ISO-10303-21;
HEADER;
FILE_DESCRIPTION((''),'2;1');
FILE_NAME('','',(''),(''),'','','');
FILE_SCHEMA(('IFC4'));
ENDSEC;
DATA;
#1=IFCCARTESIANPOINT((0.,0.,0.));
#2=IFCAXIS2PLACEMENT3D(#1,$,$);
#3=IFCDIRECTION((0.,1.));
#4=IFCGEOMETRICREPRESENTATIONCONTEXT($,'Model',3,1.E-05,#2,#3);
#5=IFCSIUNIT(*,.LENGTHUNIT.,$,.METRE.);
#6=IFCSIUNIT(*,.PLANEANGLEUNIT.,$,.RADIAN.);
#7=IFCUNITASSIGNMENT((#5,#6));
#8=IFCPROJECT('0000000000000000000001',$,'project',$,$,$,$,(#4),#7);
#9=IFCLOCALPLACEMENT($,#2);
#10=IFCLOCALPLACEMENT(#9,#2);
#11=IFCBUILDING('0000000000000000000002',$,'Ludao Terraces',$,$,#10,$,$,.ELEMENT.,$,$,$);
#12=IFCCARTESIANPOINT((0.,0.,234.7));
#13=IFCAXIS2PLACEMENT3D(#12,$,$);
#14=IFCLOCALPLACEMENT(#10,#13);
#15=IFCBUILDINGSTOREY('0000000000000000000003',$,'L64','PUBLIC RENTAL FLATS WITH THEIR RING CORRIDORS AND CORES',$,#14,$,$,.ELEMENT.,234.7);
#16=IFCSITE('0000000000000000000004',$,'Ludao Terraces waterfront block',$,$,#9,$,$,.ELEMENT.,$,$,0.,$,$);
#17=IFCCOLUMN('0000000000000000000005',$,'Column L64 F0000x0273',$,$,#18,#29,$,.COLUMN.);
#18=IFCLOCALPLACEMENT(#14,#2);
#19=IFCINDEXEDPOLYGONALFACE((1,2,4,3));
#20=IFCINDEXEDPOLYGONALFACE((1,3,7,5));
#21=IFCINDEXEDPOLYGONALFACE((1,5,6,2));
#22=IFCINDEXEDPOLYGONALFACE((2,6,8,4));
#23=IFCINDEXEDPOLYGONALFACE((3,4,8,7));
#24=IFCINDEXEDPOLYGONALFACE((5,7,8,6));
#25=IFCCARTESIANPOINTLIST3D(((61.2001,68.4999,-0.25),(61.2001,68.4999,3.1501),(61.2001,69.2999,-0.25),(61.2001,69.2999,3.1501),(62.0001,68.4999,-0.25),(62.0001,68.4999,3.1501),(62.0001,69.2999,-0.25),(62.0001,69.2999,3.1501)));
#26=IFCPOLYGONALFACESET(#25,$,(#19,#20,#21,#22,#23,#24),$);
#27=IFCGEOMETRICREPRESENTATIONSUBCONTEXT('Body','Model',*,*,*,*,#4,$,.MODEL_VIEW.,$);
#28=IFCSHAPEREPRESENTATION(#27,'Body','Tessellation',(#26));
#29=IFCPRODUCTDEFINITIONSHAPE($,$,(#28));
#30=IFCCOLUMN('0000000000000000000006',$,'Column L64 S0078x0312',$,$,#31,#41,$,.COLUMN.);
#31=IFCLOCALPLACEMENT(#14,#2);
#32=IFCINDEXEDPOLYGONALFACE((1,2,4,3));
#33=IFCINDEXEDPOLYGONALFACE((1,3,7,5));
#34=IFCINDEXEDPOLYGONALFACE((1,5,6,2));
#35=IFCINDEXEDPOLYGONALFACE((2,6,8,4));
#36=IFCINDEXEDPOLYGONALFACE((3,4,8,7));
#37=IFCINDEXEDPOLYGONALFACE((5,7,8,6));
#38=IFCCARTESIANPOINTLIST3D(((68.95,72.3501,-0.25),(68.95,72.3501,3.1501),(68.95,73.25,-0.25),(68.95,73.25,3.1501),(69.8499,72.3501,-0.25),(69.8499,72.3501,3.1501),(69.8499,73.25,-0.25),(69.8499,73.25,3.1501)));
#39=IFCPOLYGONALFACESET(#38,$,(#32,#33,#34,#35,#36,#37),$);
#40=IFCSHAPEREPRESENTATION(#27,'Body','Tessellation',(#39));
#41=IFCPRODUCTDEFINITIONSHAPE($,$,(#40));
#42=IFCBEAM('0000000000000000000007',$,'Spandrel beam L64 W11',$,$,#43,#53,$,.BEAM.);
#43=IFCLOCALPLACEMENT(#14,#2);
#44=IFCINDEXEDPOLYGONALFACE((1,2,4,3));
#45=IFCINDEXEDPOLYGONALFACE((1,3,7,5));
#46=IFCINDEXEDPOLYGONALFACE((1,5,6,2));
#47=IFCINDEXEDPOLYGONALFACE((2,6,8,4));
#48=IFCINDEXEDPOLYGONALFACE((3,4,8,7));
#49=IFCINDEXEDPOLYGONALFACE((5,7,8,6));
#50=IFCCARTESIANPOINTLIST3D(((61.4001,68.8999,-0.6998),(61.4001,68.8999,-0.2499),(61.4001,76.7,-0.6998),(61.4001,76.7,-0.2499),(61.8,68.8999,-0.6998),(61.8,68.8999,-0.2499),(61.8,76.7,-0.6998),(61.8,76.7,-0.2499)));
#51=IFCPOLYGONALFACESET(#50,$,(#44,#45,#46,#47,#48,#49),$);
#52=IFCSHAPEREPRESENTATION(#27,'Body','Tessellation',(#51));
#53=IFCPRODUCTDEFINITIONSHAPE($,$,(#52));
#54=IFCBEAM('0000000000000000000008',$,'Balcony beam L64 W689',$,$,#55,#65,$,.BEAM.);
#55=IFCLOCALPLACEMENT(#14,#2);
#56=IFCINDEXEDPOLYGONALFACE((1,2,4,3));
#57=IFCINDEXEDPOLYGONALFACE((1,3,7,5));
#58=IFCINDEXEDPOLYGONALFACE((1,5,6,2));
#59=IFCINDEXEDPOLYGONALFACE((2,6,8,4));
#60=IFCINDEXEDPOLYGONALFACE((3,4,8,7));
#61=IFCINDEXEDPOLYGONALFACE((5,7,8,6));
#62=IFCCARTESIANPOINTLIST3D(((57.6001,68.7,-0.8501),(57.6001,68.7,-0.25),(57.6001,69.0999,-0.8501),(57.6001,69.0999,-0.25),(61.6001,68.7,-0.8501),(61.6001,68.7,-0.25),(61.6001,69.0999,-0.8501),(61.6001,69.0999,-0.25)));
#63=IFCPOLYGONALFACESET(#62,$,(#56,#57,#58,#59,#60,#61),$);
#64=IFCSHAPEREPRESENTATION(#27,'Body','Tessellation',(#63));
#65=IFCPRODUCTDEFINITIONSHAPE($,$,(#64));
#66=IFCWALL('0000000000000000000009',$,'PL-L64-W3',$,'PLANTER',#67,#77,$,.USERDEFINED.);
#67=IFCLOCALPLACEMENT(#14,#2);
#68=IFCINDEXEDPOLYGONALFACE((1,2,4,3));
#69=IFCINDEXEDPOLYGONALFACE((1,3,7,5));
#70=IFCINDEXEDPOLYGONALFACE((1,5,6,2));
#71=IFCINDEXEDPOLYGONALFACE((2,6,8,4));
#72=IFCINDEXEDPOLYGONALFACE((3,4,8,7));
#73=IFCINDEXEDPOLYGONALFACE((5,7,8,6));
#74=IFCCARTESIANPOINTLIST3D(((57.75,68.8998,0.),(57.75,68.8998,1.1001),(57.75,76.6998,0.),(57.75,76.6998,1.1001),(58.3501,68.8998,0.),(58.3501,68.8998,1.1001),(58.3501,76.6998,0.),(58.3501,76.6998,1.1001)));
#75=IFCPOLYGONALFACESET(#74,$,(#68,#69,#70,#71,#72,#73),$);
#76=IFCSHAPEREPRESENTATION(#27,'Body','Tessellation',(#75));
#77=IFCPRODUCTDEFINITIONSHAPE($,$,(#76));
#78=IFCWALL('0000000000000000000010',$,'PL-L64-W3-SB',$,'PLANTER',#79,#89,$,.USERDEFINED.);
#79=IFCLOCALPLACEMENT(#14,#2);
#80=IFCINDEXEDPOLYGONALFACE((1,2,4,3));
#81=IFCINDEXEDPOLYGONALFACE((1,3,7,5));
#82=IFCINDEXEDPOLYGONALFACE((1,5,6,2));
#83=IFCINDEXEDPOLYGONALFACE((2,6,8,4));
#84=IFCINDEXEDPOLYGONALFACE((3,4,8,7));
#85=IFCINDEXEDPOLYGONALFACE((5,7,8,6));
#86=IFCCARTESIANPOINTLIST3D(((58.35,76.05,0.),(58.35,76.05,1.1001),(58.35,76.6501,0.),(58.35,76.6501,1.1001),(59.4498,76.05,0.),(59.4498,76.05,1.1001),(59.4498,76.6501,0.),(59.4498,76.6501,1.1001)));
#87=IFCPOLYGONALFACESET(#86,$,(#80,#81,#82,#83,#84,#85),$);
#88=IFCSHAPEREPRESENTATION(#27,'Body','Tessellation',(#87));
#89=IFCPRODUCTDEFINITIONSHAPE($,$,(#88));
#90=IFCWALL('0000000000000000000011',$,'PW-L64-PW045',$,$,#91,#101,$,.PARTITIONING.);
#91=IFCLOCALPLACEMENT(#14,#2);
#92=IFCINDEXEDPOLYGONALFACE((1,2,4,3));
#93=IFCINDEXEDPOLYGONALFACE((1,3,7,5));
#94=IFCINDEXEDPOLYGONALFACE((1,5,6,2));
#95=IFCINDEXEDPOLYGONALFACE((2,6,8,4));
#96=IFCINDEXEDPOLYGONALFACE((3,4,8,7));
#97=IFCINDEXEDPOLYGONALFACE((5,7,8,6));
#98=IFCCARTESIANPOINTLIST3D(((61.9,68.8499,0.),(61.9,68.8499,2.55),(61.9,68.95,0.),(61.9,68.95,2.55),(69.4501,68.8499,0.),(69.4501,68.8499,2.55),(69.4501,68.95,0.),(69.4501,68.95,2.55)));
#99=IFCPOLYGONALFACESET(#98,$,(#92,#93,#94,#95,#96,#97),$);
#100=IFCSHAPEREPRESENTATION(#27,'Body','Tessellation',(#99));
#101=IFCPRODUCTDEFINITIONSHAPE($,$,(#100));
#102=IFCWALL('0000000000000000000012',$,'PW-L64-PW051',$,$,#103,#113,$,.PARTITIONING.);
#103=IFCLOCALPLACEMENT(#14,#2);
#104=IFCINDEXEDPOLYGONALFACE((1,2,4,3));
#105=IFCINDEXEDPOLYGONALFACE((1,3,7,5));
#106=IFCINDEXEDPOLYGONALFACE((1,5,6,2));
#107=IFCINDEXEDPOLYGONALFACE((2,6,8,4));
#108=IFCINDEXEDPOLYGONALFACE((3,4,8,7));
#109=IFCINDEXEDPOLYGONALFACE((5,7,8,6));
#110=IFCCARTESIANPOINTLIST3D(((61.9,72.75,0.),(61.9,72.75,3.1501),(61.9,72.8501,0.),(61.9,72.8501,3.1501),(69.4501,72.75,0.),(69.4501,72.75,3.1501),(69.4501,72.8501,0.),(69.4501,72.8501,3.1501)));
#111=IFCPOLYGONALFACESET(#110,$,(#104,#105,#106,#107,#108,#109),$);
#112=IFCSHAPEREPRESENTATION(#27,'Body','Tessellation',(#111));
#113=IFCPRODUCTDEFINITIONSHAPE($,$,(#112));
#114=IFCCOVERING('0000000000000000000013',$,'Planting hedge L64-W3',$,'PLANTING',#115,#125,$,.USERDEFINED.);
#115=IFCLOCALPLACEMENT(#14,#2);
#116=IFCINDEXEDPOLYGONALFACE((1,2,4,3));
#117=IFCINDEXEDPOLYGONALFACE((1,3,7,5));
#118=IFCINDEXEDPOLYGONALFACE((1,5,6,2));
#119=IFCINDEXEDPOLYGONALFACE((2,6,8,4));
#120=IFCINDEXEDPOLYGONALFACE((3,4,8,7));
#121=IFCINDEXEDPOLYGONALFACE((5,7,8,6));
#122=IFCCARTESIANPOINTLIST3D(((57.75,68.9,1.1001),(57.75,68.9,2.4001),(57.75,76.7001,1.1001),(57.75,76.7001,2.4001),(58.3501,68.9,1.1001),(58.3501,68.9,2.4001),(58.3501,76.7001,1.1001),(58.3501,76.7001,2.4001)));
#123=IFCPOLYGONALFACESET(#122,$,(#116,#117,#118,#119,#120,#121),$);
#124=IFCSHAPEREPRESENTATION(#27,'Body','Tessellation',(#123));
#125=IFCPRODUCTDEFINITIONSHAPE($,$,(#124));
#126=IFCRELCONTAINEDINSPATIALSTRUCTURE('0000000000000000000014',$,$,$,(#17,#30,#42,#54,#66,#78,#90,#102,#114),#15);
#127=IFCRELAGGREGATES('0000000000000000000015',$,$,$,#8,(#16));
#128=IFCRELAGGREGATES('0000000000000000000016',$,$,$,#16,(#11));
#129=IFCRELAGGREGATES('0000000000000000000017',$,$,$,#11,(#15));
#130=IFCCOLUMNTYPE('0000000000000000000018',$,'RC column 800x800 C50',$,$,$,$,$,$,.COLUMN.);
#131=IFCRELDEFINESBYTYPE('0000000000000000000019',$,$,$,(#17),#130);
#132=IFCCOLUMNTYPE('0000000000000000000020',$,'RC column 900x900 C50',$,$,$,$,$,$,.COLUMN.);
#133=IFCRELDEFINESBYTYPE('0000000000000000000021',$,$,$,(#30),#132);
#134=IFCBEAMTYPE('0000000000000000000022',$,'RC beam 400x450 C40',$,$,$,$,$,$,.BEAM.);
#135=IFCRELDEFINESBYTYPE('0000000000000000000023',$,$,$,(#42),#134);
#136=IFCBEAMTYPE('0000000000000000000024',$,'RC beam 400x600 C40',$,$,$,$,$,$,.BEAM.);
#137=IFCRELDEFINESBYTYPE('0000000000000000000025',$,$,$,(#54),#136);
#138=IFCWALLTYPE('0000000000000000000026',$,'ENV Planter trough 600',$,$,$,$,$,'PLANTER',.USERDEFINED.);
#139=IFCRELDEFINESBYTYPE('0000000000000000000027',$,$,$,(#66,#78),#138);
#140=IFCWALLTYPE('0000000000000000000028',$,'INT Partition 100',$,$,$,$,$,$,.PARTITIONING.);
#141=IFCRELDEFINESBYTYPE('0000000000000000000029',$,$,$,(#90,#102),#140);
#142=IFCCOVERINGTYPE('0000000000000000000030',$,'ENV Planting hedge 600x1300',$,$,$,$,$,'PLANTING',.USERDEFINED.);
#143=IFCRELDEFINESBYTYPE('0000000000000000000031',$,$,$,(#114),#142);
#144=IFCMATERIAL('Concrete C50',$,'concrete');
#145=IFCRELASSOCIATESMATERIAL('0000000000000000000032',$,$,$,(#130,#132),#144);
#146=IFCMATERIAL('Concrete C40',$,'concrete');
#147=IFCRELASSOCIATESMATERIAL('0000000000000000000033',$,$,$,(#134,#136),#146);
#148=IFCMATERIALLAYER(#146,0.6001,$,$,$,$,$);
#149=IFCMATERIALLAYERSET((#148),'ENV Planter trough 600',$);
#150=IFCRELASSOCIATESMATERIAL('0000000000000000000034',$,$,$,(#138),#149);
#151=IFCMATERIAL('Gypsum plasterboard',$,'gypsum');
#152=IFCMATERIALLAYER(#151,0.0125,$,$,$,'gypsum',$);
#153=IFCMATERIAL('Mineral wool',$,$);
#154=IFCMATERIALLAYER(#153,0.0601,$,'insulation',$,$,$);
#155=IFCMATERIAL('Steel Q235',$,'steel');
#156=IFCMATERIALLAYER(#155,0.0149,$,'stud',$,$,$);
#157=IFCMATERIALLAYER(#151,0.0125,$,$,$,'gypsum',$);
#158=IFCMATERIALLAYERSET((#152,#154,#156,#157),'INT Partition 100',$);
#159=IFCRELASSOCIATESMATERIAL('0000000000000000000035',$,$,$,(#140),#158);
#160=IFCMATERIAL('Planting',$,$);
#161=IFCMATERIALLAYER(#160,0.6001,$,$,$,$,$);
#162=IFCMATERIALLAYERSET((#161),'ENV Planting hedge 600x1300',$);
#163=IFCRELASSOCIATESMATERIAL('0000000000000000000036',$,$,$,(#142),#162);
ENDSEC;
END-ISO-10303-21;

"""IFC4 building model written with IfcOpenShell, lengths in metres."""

from ifc_helpers import new_model, si_unit, direction, frame, frame_2d, origin, origin_2d, place, context, subcontext, project, spatial, rectangle, extrude, material, layer, layer_set, material_profile, profile_set, type_object, element, save


model = new_model("IFC4")

# Units and contexts
model_context = context("Model", 3, precision=1e-05, world=origin(), true_north=direction((0.0, 1.0)))
body_context = subcontext(model_context, "Body", "Model", "MODEL_VIEW")
ifc_project = project(units=[si_unit("LENGTHUNIT", "METRE"), si_unit("PLANEANGLEUNIT", "RADIAN")], contexts=[model_context])

# Site, building, storey
site_placement = place(None, origin())
site = spatial("IfcSite", under=ifc_project, at=site_placement, Name="Ludao Terraces waterfront block", CompositionType="ELEMENT", RefElevation=0.0)
building_placement = place(site_placement, origin())
building = spatial("IfcBuilding", under=site, at=building_placement, Name="Ludao Terraces", CompositionType="ELEMENT")
storey_placement = place(building_placement, frame((0.0, 0.0, 234.7)))
storey = spatial("IfcBuildingStorey", under=building, at=storey_placement, Name="L64", Description="PUBLIC RENTAL FLATS WITH THEIR RING CORRIDORS AND CORES", CompositionType="ELEMENT", Elevation=234.7)

# Columns
ifc_material_1 = material(Name="Concrete C50", Category="concrete")
ifc_material_profile_1 = material_profile(ifc_material_1, rectangle(XDim=0.8, YDim=0.8, at=origin_2d()), Name="800 X 800")
ifc_profile_set_1 = profile_set([ifc_material_profile_1], Name="Concrete C50")
column_type_1 = type_object("IfcColumnType", Name="RC column 800x800 C50", PredefinedType="COLUMN", material=ifc_profile_set_1)
column_1_placement = place(storey_placement, frame((61.6001, 68.8999, -0.25), z_axis=(0.0, 0.0, 1.0), x_axis=(1.0, 0.0, 0.0)))
element("IfcColumn", 1, at=column_1_placement, inside=storey, type_object=column_type_1, Name="Column L64 F0000x0273", PredefinedType="COLUMN", context=body_context, shape_type="SweptSolid", body=[
    extrude(rectangle(XDim=0.8, YDim=0.8, at=origin_2d()), origin(), (0.0, 0.0, 1.0), 3.4001),
])
ifc_material_profile_2 = material_profile(ifc_material_1, rectangle(XDim=0.8999, YDim=0.8999, at=origin_2d()), Name="900 X 900")
ifc_profile_set_2 = profile_set([ifc_material_profile_2], Name="Concrete C50")
column_type_2 = type_object("IfcColumnType", Name="RC column 900x900 C50", PredefinedType="COLUMN", material=ifc_profile_set_2)
column_2_placement = place(storey_placement, frame((69.3999, 72.8, -0.25), z_axis=(0.0, 0.0, 1.0), x_axis=(1.0, 0.0, 0.0)))
element("IfcColumn", 2, at=column_2_placement, inside=storey, type_object=column_type_2, Name="Column L64 S0078x0312", PredefinedType="COLUMN", context=body_context, shape_type="SweptSolid", body=[
    extrude(rectangle(XDim=0.8999, YDim=0.8999, at=origin_2d()), origin(), (0.0, 0.0, 1.0), 3.4001),
])

# Beams
ifc_material_2 = material(Name="Concrete C40", Category="concrete")
ifc_material_profile_3 = material_profile(ifc_material_2, rectangle(XDim=0.3999, YDim=0.45, at=origin_2d()), Name="400 X 450")
ifc_profile_set_3 = profile_set([ifc_material_profile_3], Name="Concrete C40")
beam_type_1 = type_object("IfcBeamType", Name="RC beam 400x450 C40", PredefinedType="BEAM", material=ifc_profile_set_3)
beam_1_placement = place(storey_placement, frame((61.6001, 68.8999, -0.4749), z_axis=(0.0, 1.0, 0.0), x_axis=(-1.0, 0.0, 0.0)))
element("IfcBeam", 3, at=beam_1_placement, inside=storey, type_object=beam_type_1, Name="Spandrel beam L64 W11", PredefinedType="BEAM", context=body_context, shape_type="SweptSolid", body=[
    extrude(rectangle(XDim=0.3999, YDim=0.45, at=origin_2d()), origin(), (0.0, 0.0, 1.0), 7.8),
])
ifc_material_profile_4 = material_profile(ifc_material_2, rectangle(XDim=0.3999, YDim=0.6001, at=origin_2d()), Name="400 X 600")
ifc_profile_set_4 = profile_set([ifc_material_profile_4], Name="Concrete C40")
beam_type_2 = type_object("IfcBeamType", Name="RC beam 400x600 C40", PredefinedType="BEAM", material=ifc_profile_set_4)
beam_2_placement = place(storey_placement, frame((61.6001, 68.8999, -0.55), z_axis=(-1.0, 0.0, 0.0), x_axis=(0.0, -1.0, 0.0)))
element("IfcBeam", 4, at=beam_2_placement, inside=storey, type_object=beam_type_2, Name="Balcony beam L64 W689", PredefinedType="BEAM", context=body_context, shape_type="SweptSolid", body=[
    extrude(rectangle(XDim=0.3999, YDim=0.6001, at=origin_2d()), origin(), (0.0, 0.0, 1.0), 4.0),
])

# Walls
ifc_layer_1 = layer(ifc_material_2, 0.6001)
ifc_layer_set_1 = layer_set([ifc_layer_1], Name="ENV Planter trough 600")
wall_type_1 = type_object("IfcWallType", Name="ENV Planter trough 600", ElementType="PLANTER", PredefinedType="USERDEFINED", material=ifc_layer_set_1)
wall_1_placement = place(storey_placement, frame((58.05, 68.8999, 0.0), z_axis=(0.0, 0.0, 1.0), x_axis=(0.0, 1.0, 0.0)))
element("IfcWall", 5, at=wall_1_placement, inside=storey, type_object=wall_type_1, Name="PL-L64-W3", ObjectType="PLANTER", PredefinedType="USERDEFINED", context=body_context, shape_type="SweptSolid", body=[
    extrude(rectangle(XDim=7.8, YDim=0.6001, at=frame_2d((3.8999, 0.0))), origin(), (0.0, 0.0, 1.0), 1.1001),
])
wall_2_placement = place(storey_placement, frame((58.3501, 76.3501, 0.0), z_axis=(0.0, 0.0, 1.0), x_axis=(1.0, 0.0, 0.0)))
element("IfcWall", 6, at=wall_2_placement, inside=storey, type_object=wall_type_1, Name="PL-L64-W3-SB", ObjectType="PLANTER", PredefinedType="USERDEFINED", context=body_context, shape_type="SweptSolid", body=[
    extrude(rectangle(XDim=1.0999, YDim=0.6001, at=frame_2d((0.5498, 0.0))), origin(), (0.0, 0.0, 1.0), 1.1001),
])

# Shared definitions
ifc_material_3 = material(Name="Mineral wool")

# Walls
ifc_material_4 = material(Name="Gypsum plasterboard", Category="gypsum")
ifc_layer_2 = layer(ifc_material_4, 0.0125, Category="gypsum")
ifc_layer_3 = layer(ifc_material_3, 0.0601, Name="insulation")
ifc_material_5 = material(Name="Steel Q235", Category="steel")
ifc_layer_4 = layer(ifc_material_5, 0.0149, Name="stud")
ifc_layer_5 = layer(ifc_material_4, 0.0125, Category="gypsum")
ifc_layer_set_2 = layer_set([ifc_layer_2, ifc_layer_3, ifc_layer_4, ifc_layer_5], Name="INT Partition 100")
wall_type_2 = type_object("IfcWallType", Name="INT Partition 100", PredefinedType="PARTITIONING", material=ifc_layer_set_2)
wall_3_placement = place(storey_placement, frame((61.9001, 68.8999, 0.0), z_axis=(0.0, 0.0, 1.0), x_axis=(1.0, 0.0, 0.0)))
element("IfcWall", 7, at=wall_3_placement, inside=storey, type_object=wall_type_2, Name="PW-L64-PW045", PredefinedType="PARTITIONING", context=body_context, shape_type="SweptSolid", body=[
    extrude(rectangle(XDim=7.55, YDim=0.1001, at=frame_2d((3.7749, 0.0))), origin(), (0.0, 0.0, 1.0), 2.55),
])
wall_4_placement = place(storey_placement, frame((61.9001, 72.8, 0.0), z_axis=(0.0, 0.0, 1.0), x_axis=(1.0, 0.0, 0.0)))
element("IfcWall", 8, at=wall_4_placement, inside=storey, type_object=wall_type_2, Name="PW-L64-PW051", PredefinedType="PARTITIONING", context=body_context, shape_type="SweptSolid", body=[
    extrude(rectangle(XDim=7.55, YDim=0.1001, at=frame_2d((3.7749, 0.0))), origin(), (0.0, 0.0, 1.0), 3.1501),
])

# Covering
ifc_material_6 = material(Name="Planting")
ifc_layer_6 = layer(ifc_material_6, 0.6001)
ifc_layer_set_3 = layer_set([ifc_layer_6], Name="ENV Planting hedge 600x1300")
covering_type = type_object("IfcCoveringType", Name="ENV Planting hedge 600x1300", ElementType="PLANTING", PredefinedType="USERDEFINED", material=ifc_layer_set_3)
covering_placement = place(storey_placement, frame((58.05, 72.8, 1.1001), z_axis=(0.0, 0.0, 1.0), x_axis=(1.0, 0.0, 0.0)))
element("IfcCovering", 9, at=covering_placement, inside=storey, type_object=covering_type, Name="Planting hedge L64-W3", ObjectType="PLANTING", PredefinedType="USERDEFINED", context=body_context, shape_type="SweptSolid", body=[
    extrude(rectangle(XDim=0.6001, YDim=7.8, at=origin_2d()), origin(), (0.0, 0.0, 1.0), 1.3),
])

save(model, "model.ifc")
